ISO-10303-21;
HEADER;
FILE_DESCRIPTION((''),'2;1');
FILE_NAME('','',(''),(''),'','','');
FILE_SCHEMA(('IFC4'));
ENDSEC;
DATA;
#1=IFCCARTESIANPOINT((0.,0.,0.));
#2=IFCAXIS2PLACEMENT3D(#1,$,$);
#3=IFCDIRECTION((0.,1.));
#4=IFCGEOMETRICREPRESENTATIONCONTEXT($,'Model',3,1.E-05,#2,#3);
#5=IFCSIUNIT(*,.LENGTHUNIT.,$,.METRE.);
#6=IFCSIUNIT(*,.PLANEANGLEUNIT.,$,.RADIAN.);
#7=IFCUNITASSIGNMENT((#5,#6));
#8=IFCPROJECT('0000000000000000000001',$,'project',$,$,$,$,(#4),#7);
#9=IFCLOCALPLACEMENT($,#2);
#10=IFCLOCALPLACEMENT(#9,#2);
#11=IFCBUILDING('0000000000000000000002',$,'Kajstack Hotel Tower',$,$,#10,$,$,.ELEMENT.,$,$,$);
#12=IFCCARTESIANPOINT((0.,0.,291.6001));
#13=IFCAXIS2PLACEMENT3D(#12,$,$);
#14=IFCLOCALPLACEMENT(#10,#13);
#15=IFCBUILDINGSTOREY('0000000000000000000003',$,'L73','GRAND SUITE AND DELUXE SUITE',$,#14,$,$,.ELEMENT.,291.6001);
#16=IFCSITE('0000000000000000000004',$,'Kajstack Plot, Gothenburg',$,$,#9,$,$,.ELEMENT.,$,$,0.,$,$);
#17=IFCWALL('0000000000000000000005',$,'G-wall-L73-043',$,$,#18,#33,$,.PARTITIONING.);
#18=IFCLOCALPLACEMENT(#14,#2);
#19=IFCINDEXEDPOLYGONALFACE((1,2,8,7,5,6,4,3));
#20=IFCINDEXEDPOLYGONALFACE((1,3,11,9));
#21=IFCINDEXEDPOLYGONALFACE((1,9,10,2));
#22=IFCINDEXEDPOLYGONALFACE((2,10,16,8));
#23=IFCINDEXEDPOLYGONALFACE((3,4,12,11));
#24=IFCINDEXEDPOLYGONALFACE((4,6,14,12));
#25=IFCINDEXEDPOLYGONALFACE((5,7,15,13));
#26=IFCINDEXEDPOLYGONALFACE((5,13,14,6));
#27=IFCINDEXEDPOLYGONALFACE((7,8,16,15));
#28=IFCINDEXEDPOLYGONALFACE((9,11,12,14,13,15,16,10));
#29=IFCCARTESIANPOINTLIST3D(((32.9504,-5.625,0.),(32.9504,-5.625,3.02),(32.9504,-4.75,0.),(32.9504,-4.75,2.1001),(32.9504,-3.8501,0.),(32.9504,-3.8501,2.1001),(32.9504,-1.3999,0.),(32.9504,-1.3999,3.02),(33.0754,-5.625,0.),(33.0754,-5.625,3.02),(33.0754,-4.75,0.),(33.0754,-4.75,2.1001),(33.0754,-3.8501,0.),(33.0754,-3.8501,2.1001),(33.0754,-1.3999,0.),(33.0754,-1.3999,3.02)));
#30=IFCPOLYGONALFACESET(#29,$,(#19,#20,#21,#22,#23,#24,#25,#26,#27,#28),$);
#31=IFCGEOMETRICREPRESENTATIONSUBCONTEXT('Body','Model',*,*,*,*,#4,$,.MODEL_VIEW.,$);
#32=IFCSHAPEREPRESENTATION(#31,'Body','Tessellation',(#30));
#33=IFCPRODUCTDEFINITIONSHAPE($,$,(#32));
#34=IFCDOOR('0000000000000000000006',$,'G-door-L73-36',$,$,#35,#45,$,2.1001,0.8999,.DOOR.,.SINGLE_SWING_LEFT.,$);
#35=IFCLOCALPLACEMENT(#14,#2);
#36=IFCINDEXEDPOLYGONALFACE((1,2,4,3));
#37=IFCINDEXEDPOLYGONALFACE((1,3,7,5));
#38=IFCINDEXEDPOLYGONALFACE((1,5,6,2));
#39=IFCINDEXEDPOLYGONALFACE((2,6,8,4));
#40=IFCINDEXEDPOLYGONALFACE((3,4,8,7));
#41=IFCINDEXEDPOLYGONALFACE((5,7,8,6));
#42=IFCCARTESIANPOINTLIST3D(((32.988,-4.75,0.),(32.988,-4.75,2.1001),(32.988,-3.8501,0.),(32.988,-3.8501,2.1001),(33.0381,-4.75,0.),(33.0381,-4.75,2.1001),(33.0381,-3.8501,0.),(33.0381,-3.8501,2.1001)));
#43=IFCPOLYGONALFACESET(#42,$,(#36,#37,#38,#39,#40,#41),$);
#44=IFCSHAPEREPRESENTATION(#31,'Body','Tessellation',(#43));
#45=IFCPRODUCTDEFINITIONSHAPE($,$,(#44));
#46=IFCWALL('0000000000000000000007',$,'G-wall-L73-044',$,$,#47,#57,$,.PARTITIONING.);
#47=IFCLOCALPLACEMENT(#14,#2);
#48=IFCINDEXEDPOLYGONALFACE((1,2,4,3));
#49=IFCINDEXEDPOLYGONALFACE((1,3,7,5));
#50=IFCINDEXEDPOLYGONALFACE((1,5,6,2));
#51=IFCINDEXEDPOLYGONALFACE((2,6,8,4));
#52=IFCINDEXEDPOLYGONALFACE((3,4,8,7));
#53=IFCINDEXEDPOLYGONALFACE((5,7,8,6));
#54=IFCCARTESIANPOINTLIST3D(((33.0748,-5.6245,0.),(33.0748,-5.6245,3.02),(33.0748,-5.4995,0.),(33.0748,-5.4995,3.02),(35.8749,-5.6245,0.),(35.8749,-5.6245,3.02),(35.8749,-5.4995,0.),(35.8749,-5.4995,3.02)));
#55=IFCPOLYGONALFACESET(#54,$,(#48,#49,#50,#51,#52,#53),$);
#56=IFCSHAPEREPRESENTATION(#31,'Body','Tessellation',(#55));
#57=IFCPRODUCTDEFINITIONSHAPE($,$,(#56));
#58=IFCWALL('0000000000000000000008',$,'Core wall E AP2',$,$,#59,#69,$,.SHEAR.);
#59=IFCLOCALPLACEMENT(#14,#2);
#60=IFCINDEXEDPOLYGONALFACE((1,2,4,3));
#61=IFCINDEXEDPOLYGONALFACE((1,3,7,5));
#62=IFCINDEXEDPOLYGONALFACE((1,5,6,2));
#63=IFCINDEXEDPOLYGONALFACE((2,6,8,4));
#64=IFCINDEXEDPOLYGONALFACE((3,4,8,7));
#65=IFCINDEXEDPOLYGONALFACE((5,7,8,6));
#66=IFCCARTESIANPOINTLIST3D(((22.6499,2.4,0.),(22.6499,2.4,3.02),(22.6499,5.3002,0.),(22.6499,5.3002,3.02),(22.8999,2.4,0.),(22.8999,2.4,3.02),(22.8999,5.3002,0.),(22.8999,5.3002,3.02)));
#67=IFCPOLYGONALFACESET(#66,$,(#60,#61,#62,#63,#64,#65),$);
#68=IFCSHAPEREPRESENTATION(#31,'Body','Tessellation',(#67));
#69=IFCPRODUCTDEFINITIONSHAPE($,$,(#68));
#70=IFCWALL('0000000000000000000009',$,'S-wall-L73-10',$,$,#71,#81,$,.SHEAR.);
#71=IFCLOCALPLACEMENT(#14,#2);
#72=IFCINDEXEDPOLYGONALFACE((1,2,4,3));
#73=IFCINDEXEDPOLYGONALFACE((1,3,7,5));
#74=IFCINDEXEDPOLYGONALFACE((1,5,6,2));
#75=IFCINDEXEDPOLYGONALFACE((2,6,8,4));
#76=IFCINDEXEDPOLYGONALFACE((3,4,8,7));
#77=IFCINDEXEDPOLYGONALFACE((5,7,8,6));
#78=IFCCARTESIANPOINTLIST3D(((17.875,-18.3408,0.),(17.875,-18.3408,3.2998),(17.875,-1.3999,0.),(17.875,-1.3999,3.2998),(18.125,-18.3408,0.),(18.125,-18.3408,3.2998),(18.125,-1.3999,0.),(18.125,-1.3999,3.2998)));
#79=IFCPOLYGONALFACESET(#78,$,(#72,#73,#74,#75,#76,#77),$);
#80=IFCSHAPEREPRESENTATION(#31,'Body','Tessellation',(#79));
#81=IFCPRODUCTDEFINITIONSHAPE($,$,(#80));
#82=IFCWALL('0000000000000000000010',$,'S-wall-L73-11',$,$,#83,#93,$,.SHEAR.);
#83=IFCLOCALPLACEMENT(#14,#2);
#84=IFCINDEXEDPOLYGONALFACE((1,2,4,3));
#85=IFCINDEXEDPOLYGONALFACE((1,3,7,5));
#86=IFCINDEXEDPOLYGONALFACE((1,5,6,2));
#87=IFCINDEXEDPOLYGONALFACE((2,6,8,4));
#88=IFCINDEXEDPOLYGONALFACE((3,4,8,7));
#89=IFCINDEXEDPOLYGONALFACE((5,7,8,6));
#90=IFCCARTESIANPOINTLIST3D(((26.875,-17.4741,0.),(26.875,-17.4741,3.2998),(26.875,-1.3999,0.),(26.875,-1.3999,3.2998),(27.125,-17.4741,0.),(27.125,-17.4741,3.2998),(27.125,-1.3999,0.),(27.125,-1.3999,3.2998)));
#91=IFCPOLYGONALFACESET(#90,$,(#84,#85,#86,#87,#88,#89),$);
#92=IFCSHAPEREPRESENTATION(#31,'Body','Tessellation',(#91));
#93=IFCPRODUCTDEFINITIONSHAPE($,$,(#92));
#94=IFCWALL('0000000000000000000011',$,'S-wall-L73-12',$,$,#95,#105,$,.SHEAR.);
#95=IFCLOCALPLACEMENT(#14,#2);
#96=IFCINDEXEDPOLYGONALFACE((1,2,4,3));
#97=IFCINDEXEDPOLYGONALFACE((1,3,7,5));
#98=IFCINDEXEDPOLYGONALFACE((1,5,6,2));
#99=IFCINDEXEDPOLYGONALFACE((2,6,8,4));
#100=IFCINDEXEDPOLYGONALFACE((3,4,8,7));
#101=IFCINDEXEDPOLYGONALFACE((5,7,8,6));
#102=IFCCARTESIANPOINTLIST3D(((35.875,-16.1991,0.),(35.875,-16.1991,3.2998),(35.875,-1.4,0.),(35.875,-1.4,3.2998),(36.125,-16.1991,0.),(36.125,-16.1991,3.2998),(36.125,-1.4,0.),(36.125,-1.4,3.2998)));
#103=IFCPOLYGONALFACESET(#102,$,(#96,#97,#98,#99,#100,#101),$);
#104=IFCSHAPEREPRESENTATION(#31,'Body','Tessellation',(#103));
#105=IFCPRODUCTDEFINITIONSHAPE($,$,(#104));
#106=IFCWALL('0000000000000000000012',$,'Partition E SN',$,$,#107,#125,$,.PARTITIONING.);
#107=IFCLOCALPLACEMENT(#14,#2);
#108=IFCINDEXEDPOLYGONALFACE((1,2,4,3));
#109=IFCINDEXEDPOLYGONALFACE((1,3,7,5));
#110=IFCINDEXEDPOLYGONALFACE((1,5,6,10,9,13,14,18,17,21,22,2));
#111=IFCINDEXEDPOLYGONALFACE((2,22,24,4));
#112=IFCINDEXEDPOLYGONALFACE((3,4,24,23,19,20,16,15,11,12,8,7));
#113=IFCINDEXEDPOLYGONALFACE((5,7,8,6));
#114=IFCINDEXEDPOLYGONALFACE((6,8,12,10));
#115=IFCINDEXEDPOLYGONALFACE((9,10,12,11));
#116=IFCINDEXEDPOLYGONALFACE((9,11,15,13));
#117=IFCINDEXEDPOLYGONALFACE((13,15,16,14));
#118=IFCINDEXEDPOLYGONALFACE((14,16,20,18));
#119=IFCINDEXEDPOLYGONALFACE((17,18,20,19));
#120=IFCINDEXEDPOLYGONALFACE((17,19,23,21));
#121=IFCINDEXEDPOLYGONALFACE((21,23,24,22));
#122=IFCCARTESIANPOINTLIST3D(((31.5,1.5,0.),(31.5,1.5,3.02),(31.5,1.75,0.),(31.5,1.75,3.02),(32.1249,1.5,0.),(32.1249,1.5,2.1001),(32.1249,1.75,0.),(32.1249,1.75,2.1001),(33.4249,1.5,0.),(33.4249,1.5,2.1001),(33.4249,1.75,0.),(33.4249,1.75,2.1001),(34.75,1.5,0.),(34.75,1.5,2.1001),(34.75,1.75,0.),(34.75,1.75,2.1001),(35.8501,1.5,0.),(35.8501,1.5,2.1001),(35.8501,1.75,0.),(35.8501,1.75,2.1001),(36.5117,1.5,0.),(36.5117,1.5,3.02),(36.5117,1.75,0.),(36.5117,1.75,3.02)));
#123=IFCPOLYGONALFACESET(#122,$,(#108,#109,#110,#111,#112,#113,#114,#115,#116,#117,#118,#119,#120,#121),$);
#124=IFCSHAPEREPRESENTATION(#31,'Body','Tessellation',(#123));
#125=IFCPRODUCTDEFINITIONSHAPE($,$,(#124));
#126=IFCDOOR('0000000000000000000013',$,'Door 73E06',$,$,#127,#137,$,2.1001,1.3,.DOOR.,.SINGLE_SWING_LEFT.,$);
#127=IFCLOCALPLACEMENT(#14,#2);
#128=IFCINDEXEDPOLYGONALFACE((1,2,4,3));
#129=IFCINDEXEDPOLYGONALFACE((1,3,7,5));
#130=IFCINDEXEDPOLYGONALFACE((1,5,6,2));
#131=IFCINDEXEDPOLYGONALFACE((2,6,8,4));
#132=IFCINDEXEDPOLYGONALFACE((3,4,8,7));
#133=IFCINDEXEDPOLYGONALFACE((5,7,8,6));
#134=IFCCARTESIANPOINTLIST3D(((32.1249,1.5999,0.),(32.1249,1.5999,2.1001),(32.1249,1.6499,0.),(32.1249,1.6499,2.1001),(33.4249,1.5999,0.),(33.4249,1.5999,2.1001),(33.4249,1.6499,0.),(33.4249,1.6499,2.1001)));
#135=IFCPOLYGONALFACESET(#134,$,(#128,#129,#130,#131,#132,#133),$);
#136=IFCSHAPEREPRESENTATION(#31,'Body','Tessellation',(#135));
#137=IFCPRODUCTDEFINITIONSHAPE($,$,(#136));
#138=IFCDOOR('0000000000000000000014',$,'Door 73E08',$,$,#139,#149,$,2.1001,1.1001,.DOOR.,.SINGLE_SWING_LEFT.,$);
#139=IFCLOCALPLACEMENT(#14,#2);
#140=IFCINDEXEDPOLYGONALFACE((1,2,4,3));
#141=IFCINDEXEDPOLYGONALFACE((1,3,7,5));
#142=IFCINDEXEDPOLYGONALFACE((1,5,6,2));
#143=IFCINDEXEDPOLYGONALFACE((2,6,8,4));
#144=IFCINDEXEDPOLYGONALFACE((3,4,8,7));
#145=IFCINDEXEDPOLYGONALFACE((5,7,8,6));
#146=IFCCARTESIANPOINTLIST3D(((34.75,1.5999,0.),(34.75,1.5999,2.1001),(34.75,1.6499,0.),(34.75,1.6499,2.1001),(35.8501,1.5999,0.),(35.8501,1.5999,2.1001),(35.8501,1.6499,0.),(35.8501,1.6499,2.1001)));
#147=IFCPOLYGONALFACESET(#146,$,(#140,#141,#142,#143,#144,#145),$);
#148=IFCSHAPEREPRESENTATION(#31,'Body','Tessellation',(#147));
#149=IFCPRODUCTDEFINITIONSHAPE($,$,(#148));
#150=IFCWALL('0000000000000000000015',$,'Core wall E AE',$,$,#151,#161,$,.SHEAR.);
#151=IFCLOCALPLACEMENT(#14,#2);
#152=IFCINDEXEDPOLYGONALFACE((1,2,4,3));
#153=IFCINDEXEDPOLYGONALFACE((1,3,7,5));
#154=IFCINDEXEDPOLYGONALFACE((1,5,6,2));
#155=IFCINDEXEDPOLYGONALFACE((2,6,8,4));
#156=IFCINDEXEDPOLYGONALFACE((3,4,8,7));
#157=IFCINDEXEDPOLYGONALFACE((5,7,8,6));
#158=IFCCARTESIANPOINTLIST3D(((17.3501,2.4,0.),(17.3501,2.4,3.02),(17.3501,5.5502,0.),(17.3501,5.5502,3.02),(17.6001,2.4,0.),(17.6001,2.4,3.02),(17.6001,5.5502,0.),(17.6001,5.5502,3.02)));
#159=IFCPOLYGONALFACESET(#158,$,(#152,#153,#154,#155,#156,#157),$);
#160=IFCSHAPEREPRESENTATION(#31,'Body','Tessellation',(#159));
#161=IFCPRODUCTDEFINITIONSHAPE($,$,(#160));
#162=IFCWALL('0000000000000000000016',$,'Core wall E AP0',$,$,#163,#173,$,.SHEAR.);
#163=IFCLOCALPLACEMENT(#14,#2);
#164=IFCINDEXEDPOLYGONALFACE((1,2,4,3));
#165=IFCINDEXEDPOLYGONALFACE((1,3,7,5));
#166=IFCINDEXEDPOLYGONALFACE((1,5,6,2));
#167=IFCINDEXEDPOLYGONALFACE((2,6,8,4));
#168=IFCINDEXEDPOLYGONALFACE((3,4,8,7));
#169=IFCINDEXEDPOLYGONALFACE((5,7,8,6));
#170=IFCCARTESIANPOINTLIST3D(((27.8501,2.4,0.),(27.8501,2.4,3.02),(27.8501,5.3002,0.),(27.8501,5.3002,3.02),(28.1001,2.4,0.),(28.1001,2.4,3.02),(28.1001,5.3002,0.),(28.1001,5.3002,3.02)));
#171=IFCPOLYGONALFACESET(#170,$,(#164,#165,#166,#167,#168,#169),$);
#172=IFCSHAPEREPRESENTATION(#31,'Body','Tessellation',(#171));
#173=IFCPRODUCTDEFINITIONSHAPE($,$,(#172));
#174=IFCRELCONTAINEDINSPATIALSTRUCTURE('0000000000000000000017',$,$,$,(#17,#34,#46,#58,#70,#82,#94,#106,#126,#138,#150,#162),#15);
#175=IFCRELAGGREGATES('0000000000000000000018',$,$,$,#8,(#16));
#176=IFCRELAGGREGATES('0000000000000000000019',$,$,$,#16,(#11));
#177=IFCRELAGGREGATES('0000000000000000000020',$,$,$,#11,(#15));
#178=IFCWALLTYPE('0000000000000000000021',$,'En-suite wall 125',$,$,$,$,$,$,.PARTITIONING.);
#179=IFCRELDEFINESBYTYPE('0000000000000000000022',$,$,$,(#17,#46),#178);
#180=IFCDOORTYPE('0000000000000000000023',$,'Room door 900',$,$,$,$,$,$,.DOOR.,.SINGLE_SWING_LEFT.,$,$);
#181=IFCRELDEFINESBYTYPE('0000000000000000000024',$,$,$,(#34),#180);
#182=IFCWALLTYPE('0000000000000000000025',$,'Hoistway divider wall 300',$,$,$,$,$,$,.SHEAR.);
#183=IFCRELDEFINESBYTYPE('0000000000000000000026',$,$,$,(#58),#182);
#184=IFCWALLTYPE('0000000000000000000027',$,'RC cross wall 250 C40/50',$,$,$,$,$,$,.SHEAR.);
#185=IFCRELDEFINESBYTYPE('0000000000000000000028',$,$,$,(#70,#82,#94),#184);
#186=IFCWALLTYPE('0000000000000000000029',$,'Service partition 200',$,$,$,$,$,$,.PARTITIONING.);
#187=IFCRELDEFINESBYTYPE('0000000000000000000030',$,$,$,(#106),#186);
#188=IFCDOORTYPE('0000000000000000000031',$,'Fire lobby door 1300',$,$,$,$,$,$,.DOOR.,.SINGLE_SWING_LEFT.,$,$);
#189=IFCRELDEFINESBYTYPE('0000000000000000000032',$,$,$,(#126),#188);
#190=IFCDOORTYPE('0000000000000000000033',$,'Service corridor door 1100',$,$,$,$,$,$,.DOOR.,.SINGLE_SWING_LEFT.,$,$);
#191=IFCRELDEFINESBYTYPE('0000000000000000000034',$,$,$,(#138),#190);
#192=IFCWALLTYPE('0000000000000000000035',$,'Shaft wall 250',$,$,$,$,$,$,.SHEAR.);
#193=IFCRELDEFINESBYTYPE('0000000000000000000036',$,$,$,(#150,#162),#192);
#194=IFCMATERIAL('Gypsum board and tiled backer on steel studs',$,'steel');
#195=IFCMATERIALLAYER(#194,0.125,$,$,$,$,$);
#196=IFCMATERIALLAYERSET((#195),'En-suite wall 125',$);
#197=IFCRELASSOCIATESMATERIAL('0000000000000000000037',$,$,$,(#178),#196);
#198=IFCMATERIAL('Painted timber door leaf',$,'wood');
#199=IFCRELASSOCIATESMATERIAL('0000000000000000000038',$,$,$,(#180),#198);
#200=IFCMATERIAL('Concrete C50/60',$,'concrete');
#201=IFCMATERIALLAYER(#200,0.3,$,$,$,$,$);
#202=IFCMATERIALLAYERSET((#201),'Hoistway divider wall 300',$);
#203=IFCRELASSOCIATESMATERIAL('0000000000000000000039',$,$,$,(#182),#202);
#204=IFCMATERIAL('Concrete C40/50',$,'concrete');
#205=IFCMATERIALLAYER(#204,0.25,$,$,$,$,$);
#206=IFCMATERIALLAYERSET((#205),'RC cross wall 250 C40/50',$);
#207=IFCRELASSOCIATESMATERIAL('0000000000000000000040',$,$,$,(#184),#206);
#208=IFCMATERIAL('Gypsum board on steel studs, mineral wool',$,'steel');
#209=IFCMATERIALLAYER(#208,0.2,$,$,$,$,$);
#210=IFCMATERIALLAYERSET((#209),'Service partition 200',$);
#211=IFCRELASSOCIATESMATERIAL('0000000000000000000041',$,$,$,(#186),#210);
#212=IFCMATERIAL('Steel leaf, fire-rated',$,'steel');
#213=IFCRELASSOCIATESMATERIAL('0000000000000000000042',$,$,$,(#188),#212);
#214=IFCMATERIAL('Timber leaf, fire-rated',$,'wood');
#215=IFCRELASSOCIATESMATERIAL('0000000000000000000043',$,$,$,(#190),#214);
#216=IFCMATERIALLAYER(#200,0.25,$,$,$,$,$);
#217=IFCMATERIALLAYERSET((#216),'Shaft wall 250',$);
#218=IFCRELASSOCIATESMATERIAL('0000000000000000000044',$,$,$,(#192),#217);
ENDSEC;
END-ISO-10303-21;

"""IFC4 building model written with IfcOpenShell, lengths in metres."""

from ifc_helpers import new_model, si_unit, direction, frame, frame_2d, origin, place, context, subcontext, project, spatial, rectangle, extrude, material, layer, layer_set, type_object, element, fill, save


model = new_model("IFC4")

# Units and contexts
model_context = context("Model", 3, precision=1e-05, world=origin(), true_north=direction((0.0, 1.0)))
body_context = subcontext(model_context, "Body", "Model", "MODEL_VIEW")
ifc_project = project(units=[si_unit("LENGTHUNIT", "METRE"), si_unit("PLANEANGLEUNIT", "RADIAN")], contexts=[model_context])

# Site, building, storey
site_placement = place(None, origin())
site = spatial("IfcSite", under=ifc_project, at=site_placement, Name="Kajstack Plot, Gothenburg", CompositionType="ELEMENT", RefElevation=0.0)
building_placement = place(site_placement, origin())
building = spatial("IfcBuilding", under=site, at=building_placement, Name="Kajstack Hotel Tower", CompositionType="ELEMENT")
storey_placement = place(building_placement, frame((0.0, 0.0, 291.6001)))
storey = spatial("IfcBuildingStorey", under=building, at=storey_placement, Name="L73", Description="GRAND SUITE AND DELUXE SUITE", CompositionType="ELEMENT", Elevation=291.6001)

# Shared definitions
ifc_material_1 = material(Name="Gypsum board and tiled backer on steel studs", Category="steel")
ifc_layer_1 = layer(ifc_material_1, 0.125)
ifc_layer_set_1 = layer_set([ifc_layer_1], Name="En-suite wall 125")
wall_type_1 = type_object("IfcWallType", Name="En-suite wall 125", PredefinedType="PARTITIONING", material=ifc_layer_set_1)
ifc_material_2 = material(Name="Painted timber door leaf", Category="wood")
door_type_1 = type_object("IfcDoorType", Name="Room door 900", OperationType="SINGLE_SWING_LEFT", PredefinedType="DOOR", material=ifc_material_2)

# Wall, opening, door
wall_1_placement = place(storey_placement, frame((33.0129, -5.625, 0.0), z_axis=(0.0, 0.0, 1.0), x_axis=(0.0, 1.0, 0.0)))
wall_1 = element("IfcWall", 1, at=wall_1_placement, inside=storey, type_object=wall_type_1, Name="G-wall-L73-043", PredefinedType="PARTITIONING", context=body_context, shape_type="SweptSolid", body=[
    extrude(rectangle(XDim=4.2251, YDim=0.125, at=frame_2d((2.1125, 0.0))), origin(), (0.0, 0.0, 1.0), 3.02),
])
opening_1_placement = place(wall_1_placement, frame((0.875, 0.0, 0.0)))
opening_1 = element("IfcOpeningElement", 2, at=opening_1_placement, cuts=wall_1, PredefinedType="OPENING", context=body_context, shape_type="SweptSolid", body=[
    extrude(rectangle(XDim=0.8999, YDim=2.1001, at=frame_2d((0.45, 1.05))), frame((0.0, 0.0725, 0.0), z_axis=(0.0, -1.0, 0.0), x_axis=(1.0, 0.0, 0.0)), (0.0, 0.0, 1.0), 0.145),
])
door_1_placement = place(opening_1_placement, origin())
door_1 = element("IfcDoor", 3, at=door_1_placement, inside=storey, type_object=door_type_1, Name="G-door-L73-36", OperationType="SINGLE_SWING_LEFT", OverallHeight=2.1001, OverallWidth=0.8999, PredefinedType="DOOR", context=body_context, shape_type="SweptSolid", body=[
    extrude(rectangle(XDim=0.8999, YDim=2.1001, at=frame_2d((0.45, 1.05))), frame((0.0, 0.0249, 0.0), z_axis=(0.0, -1.0, 0.0), x_axis=(1.0, 0.0, 0.0)), (0.0, 0.0, 1.0), 0.05),
])
fill(opening_1, door_1)

# Walls
wall_2_placement = place(storey_placement, frame((33.075, -5.562, 0.0), z_axis=(0.0, 0.0, 1.0), x_axis=(1.0, 0.0, 0.0)))
element("IfcWall", 4, at=wall_2_placement, inside=storey, type_object=wall_type_1, Name="G-wall-L73-044", PredefinedType="PARTITIONING", context=body_context, shape_type="SweptSolid", body=[
    extrude(rectangle(XDim=2.8, YDim=0.125, at=frame_2d((1.3999, 0.0))), origin(), (0.0, 0.0, 1.0), 3.02),
])
ifc_material_3 = material(Name="Concrete C50/60", Category="concrete")
ifc_layer_2 = layer(ifc_material_3, 0.3)
ifc_layer_set_2 = layer_set([ifc_layer_2], Name="Hoistway divider wall 300")
wall_type_2 = type_object("IfcWallType", Name="Hoistway divider wall 300", PredefinedType="SHEAR", material=ifc_layer_set_2)
wall_3_placement = place(storey_placement, frame((22.7749, 2.3999, 0.0), z_axis=(0.0, 0.0, 1.0), x_axis=(0.0, 1.0, 0.0)))
element("IfcWall", 5, at=wall_3_placement, inside=storey, type_object=wall_type_2, Name="Core wall E AP2", PredefinedType="SHEAR", context=body_context, shape_type="SweptSolid", body=[
    extrude(rectangle(XDim=2.9001, YDim=0.25, at=frame_2d((1.4502, 0.0))), origin(), (0.0, 0.0, 1.0), 3.02),
])
ifc_material_4 = material(Name="Concrete C40/50", Category="concrete")
ifc_layer_3 = layer(ifc_material_4, 0.25)
ifc_layer_set_3 = layer_set([ifc_layer_3], Name="RC cross wall 250 C40/50")
wall_type_3 = type_object("IfcWallType", Name="RC cross wall 250 C40/50", PredefinedType="SHEAR", material=ifc_layer_set_3)
wall_4_placement = place(storey_placement, frame((18.0, -18.3408, 0.0), z_axis=(0.0, 0.0, 1.0), x_axis=(0.0, 1.0, 0.0)))
element("IfcWall", 6, at=wall_4_placement, inside=storey, type_object=wall_type_3, Name="S-wall-L73-10", PredefinedType="SHEAR", context=body_context, shape_type="SweptSolid", body=[
    extrude(rectangle(XDim=16.9409, YDim=0.25, at=frame_2d((8.4705, 0.0))), origin(), (0.0, 0.0, 1.0), 3.2998),
])
wall_5_placement = place(storey_placement, frame((27.0, -17.4741, 0.0), z_axis=(0.0, 0.0, 1.0), x_axis=(0.0, 1.0, 0.0)))
element("IfcWall", 7, at=wall_5_placement, inside=storey, type_object=wall_type_3, Name="S-wall-L73-11", PredefinedType="SHEAR", context=body_context, shape_type="SweptSolid", body=[
    extrude(rectangle(XDim=16.0742, YDim=0.25, at=frame_2d((8.0371, 0.0))), origin(), (0.0, 0.0, 1.0), 3.2998),
])
wall_6_placement = place(storey_placement, frame((36.0, -16.199, 0.0), z_axis=(0.0, 0.0, 1.0), x_axis=(0.0, 1.0, 0.0)))
element("IfcWall", 8, at=wall_6_placement, inside=storey, type_object=wall_type_3, Name="S-wall-L73-12", PredefinedType="SHEAR", context=body_context, shape_type="SweptSolid", body=[
    extrude(rectangle(XDim=14.7991, YDim=0.25, at=frame_2d((7.3994, 0.0))), origin(), (0.0, 0.0, 1.0), 3.2998),
])

# Wall, openings, doors
ifc_material_5 = material(Name="Gypsum board on steel studs, mineral wool", Category="steel")
ifc_layer_4 = layer(ifc_material_5, 0.2)
ifc_layer_set_4 = layer_set([ifc_layer_4], Name="Service partition 200")
wall_type_4 = type_object("IfcWallType", Name="Service partition 200", PredefinedType="PARTITIONING", material=ifc_layer_set_4)
wall_7_placement = place(storey_placement, frame((31.5, 1.625, 0.0), z_axis=(0.0, 0.0, 1.0), x_axis=(1.0, 0.0, 0.0)))
wall_7 = element("IfcWall", 9, at=wall_7_placement, inside=storey, type_object=wall_type_4, Name="Partition E SN", PredefinedType="PARTITIONING", context=body_context, shape_type="SweptSolid", body=[
    extrude(rectangle(XDim=5.0117, YDim=0.25, at=frame_2d((2.5059, 0.0))), origin(), (0.0, 0.0, 1.0), 3.02),
])
opening_2_placement = place(wall_7_placement, frame((0.625, 0.0, 0.0)))
opening_2 = element("IfcOpeningElement", 10, at=opening_2_placement, cuts=wall_7, PredefinedType="OPENING", context=body_context, shape_type="SweptSolid", body=[
    extrude(rectangle(XDim=1.3, YDim=2.1001, at=frame_2d((0.6499, 1.05))), frame((0.0, 0.135, 0.0), z_axis=(0.0, -1.0, 0.0), x_axis=(1.0, 0.0, 0.0)), (0.0, 0.0, 1.0), 0.27),
])
opening_3_placement = place(wall_7_placement, frame((3.25, 0.0, 0.0)))
opening_3 = element("IfcOpeningElement", 11, at=opening_3_placement, cuts=wall_7, PredefinedType="OPENING", context=body_context, shape_type="SweptSolid", body=[
    extrude(rectangle(XDim=1.1001, YDim=2.1001, at=frame_2d((0.55, 1.05))), frame((0.0, 0.135, 0.0), z_axis=(0.0, -1.0, 0.0), x_axis=(1.0, 0.0, 0.0)), (0.0, 0.0, 1.0), 0.27),
])
ifc_material_6 = material(Name="Steel leaf, fire-rated", Category="steel")
door_type_2 = type_object("IfcDoorType", Name="Fire lobby door 1300", OperationType="SINGLE_SWING_LEFT", PredefinedType="DOOR", material=ifc_material_6)
door_2_placement = place(opening_2_placement, origin())
door_2 = element("IfcDoor", 12, at=door_2_placement, inside=storey, type_object=door_type_2, Name="Door 73E06", OperationType="SINGLE_SWING_LEFT", OverallHeight=2.1001, OverallWidth=1.3, PredefinedType="DOOR", context=body_context, shape_type="SweptSolid", body=[
    extrude(rectangle(XDim=1.3, YDim=2.1001, at=frame_2d((0.6499, 1.05))), frame((0.0, 0.0249, 0.0), z_axis=(0.0, -1.0, 0.0), x_axis=(1.0, 0.0, 0.0)), (0.0, 0.0, 1.0), 0.05),
])
fill(opening_2, door_2)
ifc_material_7 = material(Name="Timber leaf, fire-rated", Category="wood")
door_type_3 = type_object("IfcDoorType", Name="Service corridor door 1100", OperationType="SINGLE_SWING_LEFT", PredefinedType="DOOR", material=ifc_material_7)
door_3_placement = place(opening_3_placement, origin())
door_3 = element("IfcDoor", 13, at=door_3_placement, inside=storey, type_object=door_type_3, Name="Door 73E08", OperationType="SINGLE_SWING_LEFT", OverallHeight=2.1001, OverallWidth=1.1001, PredefinedType="DOOR", context=body_context, shape_type="SweptSolid", body=[
    extrude(rectangle(XDim=1.1001, YDim=2.1001, at=frame_2d((0.55, 1.05))), frame((0.0, 0.0249, 0.0), z_axis=(0.0, -1.0, 0.0), x_axis=(1.0, 0.0, 0.0)), (0.0, 0.0, 1.0), 0.05),
])
fill(opening_3, door_3)

# Walls
ifc_layer_5 = layer(ifc_material_3, 0.25)
ifc_layer_set_5 = layer_set([ifc_layer_5], Name="Shaft wall 250")
wall_type_5 = type_object("IfcWallType", Name="Shaft wall 250", PredefinedType="SHEAR", material=ifc_layer_set_5)
wall_8_placement = place(storey_placement, frame((17.4751, 2.3999, 0.0), z_axis=(0.0, 0.0, 1.0), x_axis=(0.0, 1.0, 0.0)))
element("IfcWall", 14, at=wall_8_placement, inside=storey, type_object=wall_type_5, Name="Core wall E AE", PredefinedType="SHEAR", context=body_context, shape_type="SweptSolid", body=[
    extrude(rectangle(XDim=3.1501, YDim=0.25, at=frame_2d((1.5752, 0.0))), origin(), (0.0, 0.0, 1.0), 3.02),
])
wall_9_placement = place(storey_placement, frame((27.9751, 2.3999, 0.0), z_axis=(0.0, 0.0, 1.0), x_axis=(0.0, 1.0, 0.0)))
element("IfcWall", 15, at=wall_9_placement, inside=storey, type_object=wall_type_5, Name="Core wall E AP0", PredefinedType="SHEAR", context=body_context, shape_type="SweptSolid", body=[
    extrude(rectangle(XDim=2.9001, YDim=0.25, at=frame_2d((1.4502, 0.0))), origin(), (0.0, 0.0, 1.0), 3.02),
])

save(model, "model.ifc")
